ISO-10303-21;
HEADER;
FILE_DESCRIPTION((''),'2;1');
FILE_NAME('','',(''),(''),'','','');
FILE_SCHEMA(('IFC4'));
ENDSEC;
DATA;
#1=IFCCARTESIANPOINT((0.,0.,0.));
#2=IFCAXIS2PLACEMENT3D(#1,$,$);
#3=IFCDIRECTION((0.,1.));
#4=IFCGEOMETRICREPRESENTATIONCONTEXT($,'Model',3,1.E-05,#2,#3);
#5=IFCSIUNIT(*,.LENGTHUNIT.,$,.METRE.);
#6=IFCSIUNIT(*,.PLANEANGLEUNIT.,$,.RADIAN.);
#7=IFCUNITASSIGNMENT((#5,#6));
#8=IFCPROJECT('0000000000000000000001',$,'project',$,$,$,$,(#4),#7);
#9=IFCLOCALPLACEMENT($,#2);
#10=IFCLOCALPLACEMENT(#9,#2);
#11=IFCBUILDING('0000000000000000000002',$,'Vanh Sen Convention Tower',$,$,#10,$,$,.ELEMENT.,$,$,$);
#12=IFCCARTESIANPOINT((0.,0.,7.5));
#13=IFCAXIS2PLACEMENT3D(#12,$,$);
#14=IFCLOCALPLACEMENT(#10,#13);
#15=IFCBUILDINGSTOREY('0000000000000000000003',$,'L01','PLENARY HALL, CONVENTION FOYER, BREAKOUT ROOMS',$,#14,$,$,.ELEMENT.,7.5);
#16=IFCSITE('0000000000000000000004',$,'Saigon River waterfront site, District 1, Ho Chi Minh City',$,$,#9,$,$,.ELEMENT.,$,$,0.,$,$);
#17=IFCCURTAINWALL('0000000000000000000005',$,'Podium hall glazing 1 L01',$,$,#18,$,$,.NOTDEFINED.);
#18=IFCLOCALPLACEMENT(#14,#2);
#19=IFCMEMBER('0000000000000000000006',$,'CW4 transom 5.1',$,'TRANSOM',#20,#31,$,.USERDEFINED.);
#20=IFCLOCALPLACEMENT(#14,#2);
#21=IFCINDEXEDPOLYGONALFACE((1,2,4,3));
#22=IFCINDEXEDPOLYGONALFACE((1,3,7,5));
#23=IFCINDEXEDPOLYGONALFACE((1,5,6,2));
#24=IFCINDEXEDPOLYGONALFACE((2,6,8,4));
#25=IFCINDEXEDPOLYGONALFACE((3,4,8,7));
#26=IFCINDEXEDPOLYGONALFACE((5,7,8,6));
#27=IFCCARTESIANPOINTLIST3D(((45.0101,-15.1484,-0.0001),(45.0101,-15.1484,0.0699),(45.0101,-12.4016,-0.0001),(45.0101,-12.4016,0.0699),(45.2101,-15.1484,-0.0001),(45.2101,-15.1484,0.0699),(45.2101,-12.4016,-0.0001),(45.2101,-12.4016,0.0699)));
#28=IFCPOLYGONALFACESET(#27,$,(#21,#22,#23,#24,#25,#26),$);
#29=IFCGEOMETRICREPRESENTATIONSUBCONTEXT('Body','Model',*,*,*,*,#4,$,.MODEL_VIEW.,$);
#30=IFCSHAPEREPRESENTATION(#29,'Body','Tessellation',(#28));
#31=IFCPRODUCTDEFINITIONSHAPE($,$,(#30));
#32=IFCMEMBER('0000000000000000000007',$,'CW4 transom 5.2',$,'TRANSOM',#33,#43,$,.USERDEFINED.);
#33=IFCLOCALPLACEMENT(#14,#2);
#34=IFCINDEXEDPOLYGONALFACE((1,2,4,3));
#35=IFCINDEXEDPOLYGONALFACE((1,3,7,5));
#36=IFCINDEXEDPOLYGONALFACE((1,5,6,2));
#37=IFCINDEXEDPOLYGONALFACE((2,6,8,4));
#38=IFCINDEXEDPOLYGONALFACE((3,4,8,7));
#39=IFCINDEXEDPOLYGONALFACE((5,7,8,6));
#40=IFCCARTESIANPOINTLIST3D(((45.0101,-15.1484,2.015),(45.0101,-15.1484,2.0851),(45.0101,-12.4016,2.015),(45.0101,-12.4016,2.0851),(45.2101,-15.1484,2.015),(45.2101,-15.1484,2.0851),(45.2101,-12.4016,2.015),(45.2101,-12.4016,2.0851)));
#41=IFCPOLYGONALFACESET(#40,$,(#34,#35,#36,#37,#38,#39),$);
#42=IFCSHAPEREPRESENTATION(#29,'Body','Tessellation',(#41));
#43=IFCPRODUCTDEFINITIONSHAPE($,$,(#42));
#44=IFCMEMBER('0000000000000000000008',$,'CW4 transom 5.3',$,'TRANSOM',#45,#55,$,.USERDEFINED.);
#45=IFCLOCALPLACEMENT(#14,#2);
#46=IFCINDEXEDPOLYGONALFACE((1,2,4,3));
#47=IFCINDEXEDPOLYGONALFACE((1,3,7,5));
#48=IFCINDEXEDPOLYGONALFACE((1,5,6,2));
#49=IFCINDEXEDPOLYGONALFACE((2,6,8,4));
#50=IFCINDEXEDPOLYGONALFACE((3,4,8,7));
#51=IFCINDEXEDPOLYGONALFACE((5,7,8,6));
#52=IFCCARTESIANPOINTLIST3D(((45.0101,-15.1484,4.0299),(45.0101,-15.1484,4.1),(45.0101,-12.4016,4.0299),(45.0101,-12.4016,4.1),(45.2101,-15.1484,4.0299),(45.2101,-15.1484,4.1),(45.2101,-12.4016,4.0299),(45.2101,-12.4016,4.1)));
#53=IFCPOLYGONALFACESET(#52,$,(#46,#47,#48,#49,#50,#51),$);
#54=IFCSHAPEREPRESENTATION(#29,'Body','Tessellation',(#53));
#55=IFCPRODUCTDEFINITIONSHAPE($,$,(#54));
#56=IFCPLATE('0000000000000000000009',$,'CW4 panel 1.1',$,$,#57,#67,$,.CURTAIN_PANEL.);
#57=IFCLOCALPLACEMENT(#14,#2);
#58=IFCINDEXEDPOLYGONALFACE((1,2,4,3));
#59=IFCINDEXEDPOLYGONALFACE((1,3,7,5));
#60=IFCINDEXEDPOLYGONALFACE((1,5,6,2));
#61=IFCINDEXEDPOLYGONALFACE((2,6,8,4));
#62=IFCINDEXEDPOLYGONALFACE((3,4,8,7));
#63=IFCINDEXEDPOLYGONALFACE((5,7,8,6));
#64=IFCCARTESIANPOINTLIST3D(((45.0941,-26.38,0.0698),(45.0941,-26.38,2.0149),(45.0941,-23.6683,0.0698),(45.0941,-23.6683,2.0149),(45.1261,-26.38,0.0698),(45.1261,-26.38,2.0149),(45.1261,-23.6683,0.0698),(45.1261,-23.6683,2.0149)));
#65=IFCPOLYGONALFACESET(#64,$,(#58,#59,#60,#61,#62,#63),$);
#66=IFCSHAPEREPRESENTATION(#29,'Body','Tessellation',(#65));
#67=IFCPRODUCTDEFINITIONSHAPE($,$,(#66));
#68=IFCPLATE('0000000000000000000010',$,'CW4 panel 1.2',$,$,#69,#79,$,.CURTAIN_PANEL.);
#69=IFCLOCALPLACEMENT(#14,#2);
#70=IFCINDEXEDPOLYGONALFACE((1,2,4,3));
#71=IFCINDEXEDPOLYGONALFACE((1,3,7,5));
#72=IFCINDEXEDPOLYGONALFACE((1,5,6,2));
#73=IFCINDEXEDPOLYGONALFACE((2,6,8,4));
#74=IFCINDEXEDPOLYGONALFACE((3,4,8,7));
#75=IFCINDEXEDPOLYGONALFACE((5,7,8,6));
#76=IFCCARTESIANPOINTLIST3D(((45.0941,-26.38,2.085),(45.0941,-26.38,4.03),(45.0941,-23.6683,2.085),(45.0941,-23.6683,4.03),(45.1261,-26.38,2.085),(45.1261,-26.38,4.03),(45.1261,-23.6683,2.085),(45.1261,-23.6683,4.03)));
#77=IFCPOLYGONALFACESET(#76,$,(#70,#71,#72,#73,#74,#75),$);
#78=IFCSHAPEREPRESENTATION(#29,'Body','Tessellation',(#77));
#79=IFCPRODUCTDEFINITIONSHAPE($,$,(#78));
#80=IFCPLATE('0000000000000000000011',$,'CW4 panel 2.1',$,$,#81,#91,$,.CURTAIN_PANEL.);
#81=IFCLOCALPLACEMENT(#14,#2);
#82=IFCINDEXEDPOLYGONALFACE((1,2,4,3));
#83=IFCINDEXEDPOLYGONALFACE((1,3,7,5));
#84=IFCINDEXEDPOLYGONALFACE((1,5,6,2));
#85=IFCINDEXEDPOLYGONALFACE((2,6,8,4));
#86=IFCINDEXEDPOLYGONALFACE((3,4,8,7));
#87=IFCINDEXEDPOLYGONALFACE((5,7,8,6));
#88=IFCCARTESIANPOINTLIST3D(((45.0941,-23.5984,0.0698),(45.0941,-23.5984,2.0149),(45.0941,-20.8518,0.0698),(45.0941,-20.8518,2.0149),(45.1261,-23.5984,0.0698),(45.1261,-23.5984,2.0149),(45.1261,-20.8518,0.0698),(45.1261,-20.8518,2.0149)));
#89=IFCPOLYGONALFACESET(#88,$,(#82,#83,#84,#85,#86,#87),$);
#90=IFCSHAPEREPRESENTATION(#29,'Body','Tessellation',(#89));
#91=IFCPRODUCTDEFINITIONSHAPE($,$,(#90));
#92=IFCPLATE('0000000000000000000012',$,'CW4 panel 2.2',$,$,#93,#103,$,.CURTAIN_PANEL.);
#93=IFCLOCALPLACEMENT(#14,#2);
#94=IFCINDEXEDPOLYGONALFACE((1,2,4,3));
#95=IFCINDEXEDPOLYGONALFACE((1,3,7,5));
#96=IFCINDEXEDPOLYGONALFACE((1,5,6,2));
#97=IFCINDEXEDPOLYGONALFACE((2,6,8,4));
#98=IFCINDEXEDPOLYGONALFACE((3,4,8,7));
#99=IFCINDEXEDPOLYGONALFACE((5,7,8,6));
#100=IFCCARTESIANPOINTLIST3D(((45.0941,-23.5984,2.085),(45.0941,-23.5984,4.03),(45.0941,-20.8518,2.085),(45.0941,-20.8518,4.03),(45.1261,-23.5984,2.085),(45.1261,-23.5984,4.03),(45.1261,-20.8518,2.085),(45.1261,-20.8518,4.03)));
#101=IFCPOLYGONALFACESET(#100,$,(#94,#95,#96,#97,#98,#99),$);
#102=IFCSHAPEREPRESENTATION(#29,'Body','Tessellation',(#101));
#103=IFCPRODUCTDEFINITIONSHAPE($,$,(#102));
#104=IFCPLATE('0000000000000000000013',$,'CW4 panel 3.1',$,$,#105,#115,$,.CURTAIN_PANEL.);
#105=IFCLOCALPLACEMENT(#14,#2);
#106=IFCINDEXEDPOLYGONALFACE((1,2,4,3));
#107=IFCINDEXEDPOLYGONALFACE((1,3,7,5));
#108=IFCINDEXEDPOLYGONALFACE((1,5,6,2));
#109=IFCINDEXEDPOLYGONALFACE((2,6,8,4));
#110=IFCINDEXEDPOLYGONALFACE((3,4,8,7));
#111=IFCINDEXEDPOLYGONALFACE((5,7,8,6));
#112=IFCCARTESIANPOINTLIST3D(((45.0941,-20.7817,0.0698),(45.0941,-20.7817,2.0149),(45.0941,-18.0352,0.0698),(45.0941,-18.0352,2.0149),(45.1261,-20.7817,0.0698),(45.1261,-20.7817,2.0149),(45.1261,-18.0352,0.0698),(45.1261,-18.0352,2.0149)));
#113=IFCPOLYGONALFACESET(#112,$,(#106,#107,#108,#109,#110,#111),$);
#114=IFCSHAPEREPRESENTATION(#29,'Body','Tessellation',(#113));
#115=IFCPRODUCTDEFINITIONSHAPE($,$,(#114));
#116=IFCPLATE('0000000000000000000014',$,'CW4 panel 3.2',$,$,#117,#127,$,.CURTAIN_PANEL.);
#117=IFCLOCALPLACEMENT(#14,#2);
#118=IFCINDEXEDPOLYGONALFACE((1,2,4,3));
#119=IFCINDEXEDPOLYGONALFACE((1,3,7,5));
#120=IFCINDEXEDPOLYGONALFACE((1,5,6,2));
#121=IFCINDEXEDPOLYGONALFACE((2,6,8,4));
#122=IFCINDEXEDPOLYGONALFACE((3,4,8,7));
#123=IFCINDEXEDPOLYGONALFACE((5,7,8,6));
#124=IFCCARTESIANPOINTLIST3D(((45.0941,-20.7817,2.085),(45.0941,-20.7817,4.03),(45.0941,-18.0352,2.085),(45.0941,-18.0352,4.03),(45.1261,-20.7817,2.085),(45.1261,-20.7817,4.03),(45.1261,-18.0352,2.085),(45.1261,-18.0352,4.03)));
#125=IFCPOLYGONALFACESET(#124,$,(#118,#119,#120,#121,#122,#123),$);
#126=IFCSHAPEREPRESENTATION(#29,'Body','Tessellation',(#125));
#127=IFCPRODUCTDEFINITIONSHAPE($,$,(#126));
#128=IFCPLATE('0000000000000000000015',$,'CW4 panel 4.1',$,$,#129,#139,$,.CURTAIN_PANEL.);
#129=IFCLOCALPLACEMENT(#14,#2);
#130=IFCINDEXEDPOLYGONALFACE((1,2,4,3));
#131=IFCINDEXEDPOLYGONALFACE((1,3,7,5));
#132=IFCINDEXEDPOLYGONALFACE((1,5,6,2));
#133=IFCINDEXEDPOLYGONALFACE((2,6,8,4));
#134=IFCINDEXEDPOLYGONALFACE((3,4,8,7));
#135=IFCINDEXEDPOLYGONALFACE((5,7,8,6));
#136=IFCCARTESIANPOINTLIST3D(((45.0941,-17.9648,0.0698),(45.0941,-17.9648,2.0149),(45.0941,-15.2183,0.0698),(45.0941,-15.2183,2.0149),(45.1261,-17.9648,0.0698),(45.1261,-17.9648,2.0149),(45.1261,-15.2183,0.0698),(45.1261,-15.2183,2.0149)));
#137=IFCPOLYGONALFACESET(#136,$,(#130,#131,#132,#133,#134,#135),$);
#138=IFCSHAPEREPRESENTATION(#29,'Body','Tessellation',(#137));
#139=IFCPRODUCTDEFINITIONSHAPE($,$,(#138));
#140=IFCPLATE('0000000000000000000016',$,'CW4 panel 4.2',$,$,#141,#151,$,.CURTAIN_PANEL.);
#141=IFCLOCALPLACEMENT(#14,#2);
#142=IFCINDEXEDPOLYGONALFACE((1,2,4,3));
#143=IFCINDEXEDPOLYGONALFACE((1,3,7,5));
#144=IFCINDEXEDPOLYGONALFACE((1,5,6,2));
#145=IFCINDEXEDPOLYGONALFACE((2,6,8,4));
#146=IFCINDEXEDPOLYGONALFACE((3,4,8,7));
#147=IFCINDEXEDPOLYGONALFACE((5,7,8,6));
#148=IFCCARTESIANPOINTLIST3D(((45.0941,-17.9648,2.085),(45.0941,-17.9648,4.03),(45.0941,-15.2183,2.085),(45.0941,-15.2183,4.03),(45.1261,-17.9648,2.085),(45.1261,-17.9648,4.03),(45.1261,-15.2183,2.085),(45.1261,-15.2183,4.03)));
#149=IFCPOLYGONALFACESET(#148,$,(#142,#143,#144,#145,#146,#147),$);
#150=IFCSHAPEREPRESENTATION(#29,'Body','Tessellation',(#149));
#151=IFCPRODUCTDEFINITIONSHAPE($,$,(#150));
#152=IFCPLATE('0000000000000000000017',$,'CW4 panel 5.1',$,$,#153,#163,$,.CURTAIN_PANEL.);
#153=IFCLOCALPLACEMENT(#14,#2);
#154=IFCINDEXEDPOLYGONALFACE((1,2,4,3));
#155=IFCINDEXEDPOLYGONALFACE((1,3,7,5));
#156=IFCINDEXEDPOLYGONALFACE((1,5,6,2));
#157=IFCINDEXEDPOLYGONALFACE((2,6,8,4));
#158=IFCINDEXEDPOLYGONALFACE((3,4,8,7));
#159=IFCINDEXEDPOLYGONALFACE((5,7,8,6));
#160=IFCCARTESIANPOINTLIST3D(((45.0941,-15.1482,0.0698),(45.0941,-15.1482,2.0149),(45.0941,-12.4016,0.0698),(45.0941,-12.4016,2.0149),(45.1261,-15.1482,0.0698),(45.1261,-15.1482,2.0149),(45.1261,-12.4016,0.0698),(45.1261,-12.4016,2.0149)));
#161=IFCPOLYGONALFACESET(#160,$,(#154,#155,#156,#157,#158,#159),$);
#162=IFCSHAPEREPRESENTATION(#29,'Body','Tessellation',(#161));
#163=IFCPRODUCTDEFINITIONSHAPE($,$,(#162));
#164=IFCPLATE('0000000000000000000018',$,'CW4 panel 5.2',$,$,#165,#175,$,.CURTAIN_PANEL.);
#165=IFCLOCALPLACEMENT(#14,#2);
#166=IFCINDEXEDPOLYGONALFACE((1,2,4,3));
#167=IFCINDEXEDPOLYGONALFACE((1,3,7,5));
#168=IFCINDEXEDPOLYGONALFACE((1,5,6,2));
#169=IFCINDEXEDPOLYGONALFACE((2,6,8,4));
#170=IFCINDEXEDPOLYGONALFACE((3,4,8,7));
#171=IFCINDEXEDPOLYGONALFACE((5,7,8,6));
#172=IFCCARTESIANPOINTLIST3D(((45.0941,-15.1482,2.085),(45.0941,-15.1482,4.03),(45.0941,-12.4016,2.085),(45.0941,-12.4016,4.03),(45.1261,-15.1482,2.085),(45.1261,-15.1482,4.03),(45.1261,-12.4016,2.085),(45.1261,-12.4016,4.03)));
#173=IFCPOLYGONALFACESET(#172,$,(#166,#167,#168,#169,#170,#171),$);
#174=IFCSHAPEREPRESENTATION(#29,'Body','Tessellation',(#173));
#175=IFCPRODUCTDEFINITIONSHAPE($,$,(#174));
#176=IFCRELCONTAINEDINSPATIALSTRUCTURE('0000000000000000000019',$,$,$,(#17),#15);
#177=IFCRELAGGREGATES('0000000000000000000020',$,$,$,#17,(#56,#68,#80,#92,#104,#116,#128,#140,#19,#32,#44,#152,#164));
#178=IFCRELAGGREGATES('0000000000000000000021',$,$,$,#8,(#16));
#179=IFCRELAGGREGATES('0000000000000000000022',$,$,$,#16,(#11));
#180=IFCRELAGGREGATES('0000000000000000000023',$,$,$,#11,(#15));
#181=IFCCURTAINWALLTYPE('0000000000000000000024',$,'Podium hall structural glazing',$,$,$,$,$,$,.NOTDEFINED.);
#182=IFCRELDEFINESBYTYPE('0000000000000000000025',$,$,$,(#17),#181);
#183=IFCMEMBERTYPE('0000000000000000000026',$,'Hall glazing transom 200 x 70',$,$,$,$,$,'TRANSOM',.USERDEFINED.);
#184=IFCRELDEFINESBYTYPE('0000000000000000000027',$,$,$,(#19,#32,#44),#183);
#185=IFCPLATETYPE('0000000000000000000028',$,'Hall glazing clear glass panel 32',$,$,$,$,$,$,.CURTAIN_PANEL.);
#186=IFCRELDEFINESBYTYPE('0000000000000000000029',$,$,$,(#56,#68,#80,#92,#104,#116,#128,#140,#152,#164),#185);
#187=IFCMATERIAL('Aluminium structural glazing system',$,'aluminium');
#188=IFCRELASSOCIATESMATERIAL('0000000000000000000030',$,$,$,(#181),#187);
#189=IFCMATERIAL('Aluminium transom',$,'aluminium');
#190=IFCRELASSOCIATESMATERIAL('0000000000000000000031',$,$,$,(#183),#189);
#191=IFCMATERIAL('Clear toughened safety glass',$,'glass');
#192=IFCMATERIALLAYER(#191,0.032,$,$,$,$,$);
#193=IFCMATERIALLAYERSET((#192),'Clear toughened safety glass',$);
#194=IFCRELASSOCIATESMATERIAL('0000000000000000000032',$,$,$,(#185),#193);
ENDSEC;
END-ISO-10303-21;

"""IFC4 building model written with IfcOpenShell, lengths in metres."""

from ifc_helpers import new_model, si_unit, direction, frame, origin, origin_2d, place, context, subcontext, project, spatial, rectangle, extrude, material, layer, layer_set, material_profile, profile_set, type_object, element, aggregate, save


model = new_model("IFC4")

# Units and contexts
model_context = context("Model", 3, precision=1e-05, world=origin(), true_north=direction((0.0, 1.0)))
body_context = subcontext(model_context, "Body", "Model", "MODEL_VIEW")
ifc_project = project(units=[si_unit("LENGTHUNIT", "METRE"), si_unit("PLANEANGLEUNIT", "RADIAN")], contexts=[model_context])

# Site, building, storey
site_placement = place(None, origin())
site = spatial("IfcSite", under=ifc_project, at=site_placement, Name="Saigon River waterfront site, District 1, Ho Chi Minh City", CompositionType="ELEMENT", RefElevation=0.0)
building_placement = place(site_placement, origin())
building = spatial("IfcBuilding", under=site, at=building_placement, Name="Vanh Sen Convention Tower", CompositionType="ELEMENT")
storey_placement = place(building_placement, frame((0.0, 0.0, 7.5)))
storey = spatial("IfcBuildingStorey", under=building, at=storey_placement, Name="L01", Description="PLENARY HALL, CONVENTION FOYER, BREAKOUT ROOMS", CompositionType="ELEMENT", Elevation=7.5)

# Curtain wall, members, plates
ifc_material_1 = material(Name="Aluminium structural glazing system", Category="aluminium")
curtain_wall_type = type_object("IfcCurtainWallType", Name="Podium hall structural glazing", PredefinedType="NOTDEFINED", material=ifc_material_1)
curtain_wall_placement = place(storey_placement, origin())
curtain_wall = element("IfcCurtainWall", 1, at=curtain_wall_placement, inside=storey, type_object=curtain_wall_type, Name="Podium hall glazing 1 L01", PredefinedType="NOTDEFINED")
ifc_material_2 = material(Name="Aluminium transom", Category="aluminium")
ifc_material_profile_1 = material_profile(ifc_material_2, rectangle(XDim=0.2, YDim=0.0701, at=origin_2d()), Name="Hall glazing transom 200 x 70")
ifc_profile_set_1 = profile_set([ifc_material_profile_1], Name="Aluminium transom")
member_type_1 = type_object("IfcMemberType", Name="Hall glazing transom 200 x 70", ElementType="TRANSOM", PredefinedType="USERDEFINED", material=ifc_profile_set_1)
member_1_placement = place(storey_placement, frame((45.1101, -15.1484, 0.0349), z_axis=(0.0, 1.0, 0.0), x_axis=(-1.0, 0.0, 0.0)))
member_1 = element("IfcMember", 2, at=member_1_placement, type_object=member_type_1, Name="CW4 transom 5.1", ObjectType="TRANSOM", PredefinedType="USERDEFINED", context=body_context, shape_type="SweptSolid", body=[
    extrude(rectangle(XDim=0.2, YDim=0.0701, at=origin_2d()), origin(), (0.0, 0.0, 1.0), 2.7468),
])
member_2_placement = place(storey_placement, frame((45.1101, -15.1484, 2.05), z_axis=(0.0, 1.0, 0.0), x_axis=(-1.0, 0.0, 0.0)))
member_2 = element("IfcMember", 3, at=member_2_placement, type_object=member_type_1, Name="CW4 transom 5.2", ObjectType="TRANSOM", PredefinedType="USERDEFINED", context=body_context, shape_type="SweptSolid", body=[
    extrude(rectangle(XDim=0.2, YDim=0.0701, at=origin_2d()), origin(), (0.0, 0.0, 1.0), 2.7468),
])
member_3_placement = place(storey_placement, frame((45.1101, -15.1484, 4.0649), z_axis=(0.0, 1.0, 0.0), x_axis=(-1.0, 0.0, 0.0)))
member_3 = element("IfcMember", 4, at=member_3_placement, type_object=member_type_1, Name="CW4 transom 5.3", ObjectType="TRANSOM", PredefinedType="USERDEFINED", context=body_context, shape_type="SweptSolid", body=[
    extrude(rectangle(XDim=0.2, YDim=0.0701, at=origin_2d()), origin(), (0.0, 0.0, 1.0), 2.7468),
])
ifc_material_3 = material(Name="Clear toughened safety glass", Category="glass")
ifc_layer = layer(ifc_material_3, 0.032)
ifc_layer_set = layer_set([ifc_layer], Name="Clear toughened safety glass")
plate_type = type_object("IfcPlateType", Name="Hall glazing clear glass panel 32", PredefinedType="CURTAIN_PANEL", material=ifc_layer_set)
plate_1_placement = place(storey_placement, frame((45.1101, -25.0242, 0.0698), z_axis=(0.0, 0.0, 1.0), x_axis=(0.0, 1.0, 0.0)))
plate_1 = element("IfcPlate", 5, at=plate_1_placement, type_object=plate_type, Name="CW4 panel 1.1", PredefinedType="CURTAIN_PANEL", context=body_context, shape_type="SweptSolid", body=[
    extrude(rectangle(XDim=2.7117, YDim=0.032, at=origin_2d()), origin(), (0.0, 0.0, 1.0), 1.9451),
])
plate_2_placement = place(storey_placement, frame((45.1101, -25.0242, 2.085), z_axis=(0.0, 0.0, 1.0), x_axis=(0.0, 1.0, 0.0)))
plate_2 = element("IfcPlate", 6, at=plate_2_placement, type_object=plate_type, Name="CW4 panel 1.2", PredefinedType="CURTAIN_PANEL", context=body_context, shape_type="SweptSolid", body=[
    extrude(rectangle(XDim=2.7117, YDim=0.032, at=origin_2d()), origin(), (0.0, 0.0, 1.0), 1.9451),
])
plate_3_placement = place(storey_placement, frame((45.1101, -22.2251, 0.0698), z_axis=(0.0, 0.0, 1.0), x_axis=(0.0, 1.0, 0.0)))
plate_3 = element("IfcPlate", 7, at=plate_3_placement, type_object=plate_type, Name="CW4 panel 2.1", PredefinedType="CURTAIN_PANEL", context=body_context, shape_type="SweptSolid", body=[
    extrude(rectangle(XDim=2.7466, YDim=0.032, at=origin_2d()), origin(), (0.0, 0.0, 1.0), 1.9451),
])
plate_4_placement = place(storey_placement, frame((45.1101, -22.2251, 2.085), z_axis=(0.0, 0.0, 1.0), x_axis=(0.0, 1.0, 0.0)))
plate_4 = element("IfcPlate", 8, at=plate_4_placement, type_object=plate_type, Name="CW4 panel 2.2", PredefinedType="CURTAIN_PANEL", context=body_context, shape_type="SweptSolid", body=[
    extrude(rectangle(XDim=2.7466, YDim=0.032, at=origin_2d()), origin(), (0.0, 0.0, 1.0), 1.9451),
])
plate_5_placement = place(storey_placement, frame((45.1101, -19.4084, 0.0698), z_axis=(0.0, 0.0, 1.0), x_axis=(0.0, 1.0, 0.0)))
plate_5 = element("IfcPlate", 9, at=plate_5_placement, type_object=plate_type, Name="CW4 panel 3.1", PredefinedType="CURTAIN_PANEL", context=body_context, shape_type="SweptSolid", body=[
    extrude(rectangle(XDim=2.7466, YDim=0.032, at=origin_2d()), origin(), (0.0, 0.0, 1.0), 1.9451),
])
plate_6_placement = place(storey_placement, frame((45.1101, -19.4084, 2.085), z_axis=(0.0, 0.0, 1.0), x_axis=(0.0, 1.0, 0.0)))
plate_6 = element("IfcPlate", 10, at=plate_6_placement, type_object=plate_type, Name="CW4 panel 3.2", PredefinedType="CURTAIN_PANEL", context=body_context, shape_type="SweptSolid", body=[
    extrude(rectangle(XDim=2.7466, YDim=0.032, at=origin_2d()), origin(), (0.0, 0.0, 1.0), 1.9451),
])
plate_7_placement = place(storey_placement, frame((45.1101, -16.5916, 0.0698), z_axis=(0.0, 0.0, 1.0), x_axis=(0.0, 1.0, 0.0)))
plate_7 = element("IfcPlate", 11, at=plate_7_placement, type_object=plate_type, Name="CW4 panel 4.1", PredefinedType="CURTAIN_PANEL", context=body_context, shape_type="SweptSolid", body=[
    extrude(rectangle(XDim=2.7466, YDim=0.032, at=origin_2d()), origin(), (0.0, 0.0, 1.0), 1.9451),
])
plate_8_placement = place(storey_placement, frame((45.1101, -16.5916, 2.085), z_axis=(0.0, 0.0, 1.0), x_axis=(0.0, 1.0, 0.0)))
plate_8 = element("IfcPlate", 12, at=plate_8_placement, type_object=plate_type, Name="CW4 panel 4.2", PredefinedType="CURTAIN_PANEL", context=body_context, shape_type="SweptSolid", body=[
    extrude(rectangle(XDim=2.7466, YDim=0.032, at=origin_2d()), origin(), (0.0, 0.0, 1.0), 1.9451),
])
plate_9_placement = place(storey_placement, frame((45.1101, -13.7749, 0.0698), z_axis=(0.0, 0.0, 1.0), x_axis=(0.0, 1.0, 0.0)))
plate_9 = element("IfcPlate", 13, at=plate_9_placement, type_object=plate_type, Name="CW4 panel 5.1", PredefinedType="CURTAIN_PANEL", context=body_context, shape_type="SweptSolid", body=[
    extrude(rectangle(XDim=2.7466, YDim=0.032, at=origin_2d()), origin(), (0.0, 0.0, 1.0), 1.9451),
])
plate_10_placement = place(storey_placement, frame((45.1101, -13.7749, 2.085), z_axis=(0.0, 0.0, 1.0), x_axis=(0.0, 1.0, 0.0)))
plate_10 = element("IfcPlate", 14, at=plate_10_placement, type_object=plate_type, Name="CW4 panel 5.2", PredefinedType="CURTAIN_PANEL", context=body_context, shape_type="SweptSolid", body=[
    extrude(rectangle(XDim=2.7466, YDim=0.032, at=origin_2d()), origin(), (0.0, 0.0, 1.0), 1.9451),
])
aggregate(curtain_wall, [plate_1, plate_2, plate_3, plate_4, plate_5, plate_6, plate_7, plate_8, member_1, member_2, member_3, plate_9, plate_10])

save(model, "model.ifc")
